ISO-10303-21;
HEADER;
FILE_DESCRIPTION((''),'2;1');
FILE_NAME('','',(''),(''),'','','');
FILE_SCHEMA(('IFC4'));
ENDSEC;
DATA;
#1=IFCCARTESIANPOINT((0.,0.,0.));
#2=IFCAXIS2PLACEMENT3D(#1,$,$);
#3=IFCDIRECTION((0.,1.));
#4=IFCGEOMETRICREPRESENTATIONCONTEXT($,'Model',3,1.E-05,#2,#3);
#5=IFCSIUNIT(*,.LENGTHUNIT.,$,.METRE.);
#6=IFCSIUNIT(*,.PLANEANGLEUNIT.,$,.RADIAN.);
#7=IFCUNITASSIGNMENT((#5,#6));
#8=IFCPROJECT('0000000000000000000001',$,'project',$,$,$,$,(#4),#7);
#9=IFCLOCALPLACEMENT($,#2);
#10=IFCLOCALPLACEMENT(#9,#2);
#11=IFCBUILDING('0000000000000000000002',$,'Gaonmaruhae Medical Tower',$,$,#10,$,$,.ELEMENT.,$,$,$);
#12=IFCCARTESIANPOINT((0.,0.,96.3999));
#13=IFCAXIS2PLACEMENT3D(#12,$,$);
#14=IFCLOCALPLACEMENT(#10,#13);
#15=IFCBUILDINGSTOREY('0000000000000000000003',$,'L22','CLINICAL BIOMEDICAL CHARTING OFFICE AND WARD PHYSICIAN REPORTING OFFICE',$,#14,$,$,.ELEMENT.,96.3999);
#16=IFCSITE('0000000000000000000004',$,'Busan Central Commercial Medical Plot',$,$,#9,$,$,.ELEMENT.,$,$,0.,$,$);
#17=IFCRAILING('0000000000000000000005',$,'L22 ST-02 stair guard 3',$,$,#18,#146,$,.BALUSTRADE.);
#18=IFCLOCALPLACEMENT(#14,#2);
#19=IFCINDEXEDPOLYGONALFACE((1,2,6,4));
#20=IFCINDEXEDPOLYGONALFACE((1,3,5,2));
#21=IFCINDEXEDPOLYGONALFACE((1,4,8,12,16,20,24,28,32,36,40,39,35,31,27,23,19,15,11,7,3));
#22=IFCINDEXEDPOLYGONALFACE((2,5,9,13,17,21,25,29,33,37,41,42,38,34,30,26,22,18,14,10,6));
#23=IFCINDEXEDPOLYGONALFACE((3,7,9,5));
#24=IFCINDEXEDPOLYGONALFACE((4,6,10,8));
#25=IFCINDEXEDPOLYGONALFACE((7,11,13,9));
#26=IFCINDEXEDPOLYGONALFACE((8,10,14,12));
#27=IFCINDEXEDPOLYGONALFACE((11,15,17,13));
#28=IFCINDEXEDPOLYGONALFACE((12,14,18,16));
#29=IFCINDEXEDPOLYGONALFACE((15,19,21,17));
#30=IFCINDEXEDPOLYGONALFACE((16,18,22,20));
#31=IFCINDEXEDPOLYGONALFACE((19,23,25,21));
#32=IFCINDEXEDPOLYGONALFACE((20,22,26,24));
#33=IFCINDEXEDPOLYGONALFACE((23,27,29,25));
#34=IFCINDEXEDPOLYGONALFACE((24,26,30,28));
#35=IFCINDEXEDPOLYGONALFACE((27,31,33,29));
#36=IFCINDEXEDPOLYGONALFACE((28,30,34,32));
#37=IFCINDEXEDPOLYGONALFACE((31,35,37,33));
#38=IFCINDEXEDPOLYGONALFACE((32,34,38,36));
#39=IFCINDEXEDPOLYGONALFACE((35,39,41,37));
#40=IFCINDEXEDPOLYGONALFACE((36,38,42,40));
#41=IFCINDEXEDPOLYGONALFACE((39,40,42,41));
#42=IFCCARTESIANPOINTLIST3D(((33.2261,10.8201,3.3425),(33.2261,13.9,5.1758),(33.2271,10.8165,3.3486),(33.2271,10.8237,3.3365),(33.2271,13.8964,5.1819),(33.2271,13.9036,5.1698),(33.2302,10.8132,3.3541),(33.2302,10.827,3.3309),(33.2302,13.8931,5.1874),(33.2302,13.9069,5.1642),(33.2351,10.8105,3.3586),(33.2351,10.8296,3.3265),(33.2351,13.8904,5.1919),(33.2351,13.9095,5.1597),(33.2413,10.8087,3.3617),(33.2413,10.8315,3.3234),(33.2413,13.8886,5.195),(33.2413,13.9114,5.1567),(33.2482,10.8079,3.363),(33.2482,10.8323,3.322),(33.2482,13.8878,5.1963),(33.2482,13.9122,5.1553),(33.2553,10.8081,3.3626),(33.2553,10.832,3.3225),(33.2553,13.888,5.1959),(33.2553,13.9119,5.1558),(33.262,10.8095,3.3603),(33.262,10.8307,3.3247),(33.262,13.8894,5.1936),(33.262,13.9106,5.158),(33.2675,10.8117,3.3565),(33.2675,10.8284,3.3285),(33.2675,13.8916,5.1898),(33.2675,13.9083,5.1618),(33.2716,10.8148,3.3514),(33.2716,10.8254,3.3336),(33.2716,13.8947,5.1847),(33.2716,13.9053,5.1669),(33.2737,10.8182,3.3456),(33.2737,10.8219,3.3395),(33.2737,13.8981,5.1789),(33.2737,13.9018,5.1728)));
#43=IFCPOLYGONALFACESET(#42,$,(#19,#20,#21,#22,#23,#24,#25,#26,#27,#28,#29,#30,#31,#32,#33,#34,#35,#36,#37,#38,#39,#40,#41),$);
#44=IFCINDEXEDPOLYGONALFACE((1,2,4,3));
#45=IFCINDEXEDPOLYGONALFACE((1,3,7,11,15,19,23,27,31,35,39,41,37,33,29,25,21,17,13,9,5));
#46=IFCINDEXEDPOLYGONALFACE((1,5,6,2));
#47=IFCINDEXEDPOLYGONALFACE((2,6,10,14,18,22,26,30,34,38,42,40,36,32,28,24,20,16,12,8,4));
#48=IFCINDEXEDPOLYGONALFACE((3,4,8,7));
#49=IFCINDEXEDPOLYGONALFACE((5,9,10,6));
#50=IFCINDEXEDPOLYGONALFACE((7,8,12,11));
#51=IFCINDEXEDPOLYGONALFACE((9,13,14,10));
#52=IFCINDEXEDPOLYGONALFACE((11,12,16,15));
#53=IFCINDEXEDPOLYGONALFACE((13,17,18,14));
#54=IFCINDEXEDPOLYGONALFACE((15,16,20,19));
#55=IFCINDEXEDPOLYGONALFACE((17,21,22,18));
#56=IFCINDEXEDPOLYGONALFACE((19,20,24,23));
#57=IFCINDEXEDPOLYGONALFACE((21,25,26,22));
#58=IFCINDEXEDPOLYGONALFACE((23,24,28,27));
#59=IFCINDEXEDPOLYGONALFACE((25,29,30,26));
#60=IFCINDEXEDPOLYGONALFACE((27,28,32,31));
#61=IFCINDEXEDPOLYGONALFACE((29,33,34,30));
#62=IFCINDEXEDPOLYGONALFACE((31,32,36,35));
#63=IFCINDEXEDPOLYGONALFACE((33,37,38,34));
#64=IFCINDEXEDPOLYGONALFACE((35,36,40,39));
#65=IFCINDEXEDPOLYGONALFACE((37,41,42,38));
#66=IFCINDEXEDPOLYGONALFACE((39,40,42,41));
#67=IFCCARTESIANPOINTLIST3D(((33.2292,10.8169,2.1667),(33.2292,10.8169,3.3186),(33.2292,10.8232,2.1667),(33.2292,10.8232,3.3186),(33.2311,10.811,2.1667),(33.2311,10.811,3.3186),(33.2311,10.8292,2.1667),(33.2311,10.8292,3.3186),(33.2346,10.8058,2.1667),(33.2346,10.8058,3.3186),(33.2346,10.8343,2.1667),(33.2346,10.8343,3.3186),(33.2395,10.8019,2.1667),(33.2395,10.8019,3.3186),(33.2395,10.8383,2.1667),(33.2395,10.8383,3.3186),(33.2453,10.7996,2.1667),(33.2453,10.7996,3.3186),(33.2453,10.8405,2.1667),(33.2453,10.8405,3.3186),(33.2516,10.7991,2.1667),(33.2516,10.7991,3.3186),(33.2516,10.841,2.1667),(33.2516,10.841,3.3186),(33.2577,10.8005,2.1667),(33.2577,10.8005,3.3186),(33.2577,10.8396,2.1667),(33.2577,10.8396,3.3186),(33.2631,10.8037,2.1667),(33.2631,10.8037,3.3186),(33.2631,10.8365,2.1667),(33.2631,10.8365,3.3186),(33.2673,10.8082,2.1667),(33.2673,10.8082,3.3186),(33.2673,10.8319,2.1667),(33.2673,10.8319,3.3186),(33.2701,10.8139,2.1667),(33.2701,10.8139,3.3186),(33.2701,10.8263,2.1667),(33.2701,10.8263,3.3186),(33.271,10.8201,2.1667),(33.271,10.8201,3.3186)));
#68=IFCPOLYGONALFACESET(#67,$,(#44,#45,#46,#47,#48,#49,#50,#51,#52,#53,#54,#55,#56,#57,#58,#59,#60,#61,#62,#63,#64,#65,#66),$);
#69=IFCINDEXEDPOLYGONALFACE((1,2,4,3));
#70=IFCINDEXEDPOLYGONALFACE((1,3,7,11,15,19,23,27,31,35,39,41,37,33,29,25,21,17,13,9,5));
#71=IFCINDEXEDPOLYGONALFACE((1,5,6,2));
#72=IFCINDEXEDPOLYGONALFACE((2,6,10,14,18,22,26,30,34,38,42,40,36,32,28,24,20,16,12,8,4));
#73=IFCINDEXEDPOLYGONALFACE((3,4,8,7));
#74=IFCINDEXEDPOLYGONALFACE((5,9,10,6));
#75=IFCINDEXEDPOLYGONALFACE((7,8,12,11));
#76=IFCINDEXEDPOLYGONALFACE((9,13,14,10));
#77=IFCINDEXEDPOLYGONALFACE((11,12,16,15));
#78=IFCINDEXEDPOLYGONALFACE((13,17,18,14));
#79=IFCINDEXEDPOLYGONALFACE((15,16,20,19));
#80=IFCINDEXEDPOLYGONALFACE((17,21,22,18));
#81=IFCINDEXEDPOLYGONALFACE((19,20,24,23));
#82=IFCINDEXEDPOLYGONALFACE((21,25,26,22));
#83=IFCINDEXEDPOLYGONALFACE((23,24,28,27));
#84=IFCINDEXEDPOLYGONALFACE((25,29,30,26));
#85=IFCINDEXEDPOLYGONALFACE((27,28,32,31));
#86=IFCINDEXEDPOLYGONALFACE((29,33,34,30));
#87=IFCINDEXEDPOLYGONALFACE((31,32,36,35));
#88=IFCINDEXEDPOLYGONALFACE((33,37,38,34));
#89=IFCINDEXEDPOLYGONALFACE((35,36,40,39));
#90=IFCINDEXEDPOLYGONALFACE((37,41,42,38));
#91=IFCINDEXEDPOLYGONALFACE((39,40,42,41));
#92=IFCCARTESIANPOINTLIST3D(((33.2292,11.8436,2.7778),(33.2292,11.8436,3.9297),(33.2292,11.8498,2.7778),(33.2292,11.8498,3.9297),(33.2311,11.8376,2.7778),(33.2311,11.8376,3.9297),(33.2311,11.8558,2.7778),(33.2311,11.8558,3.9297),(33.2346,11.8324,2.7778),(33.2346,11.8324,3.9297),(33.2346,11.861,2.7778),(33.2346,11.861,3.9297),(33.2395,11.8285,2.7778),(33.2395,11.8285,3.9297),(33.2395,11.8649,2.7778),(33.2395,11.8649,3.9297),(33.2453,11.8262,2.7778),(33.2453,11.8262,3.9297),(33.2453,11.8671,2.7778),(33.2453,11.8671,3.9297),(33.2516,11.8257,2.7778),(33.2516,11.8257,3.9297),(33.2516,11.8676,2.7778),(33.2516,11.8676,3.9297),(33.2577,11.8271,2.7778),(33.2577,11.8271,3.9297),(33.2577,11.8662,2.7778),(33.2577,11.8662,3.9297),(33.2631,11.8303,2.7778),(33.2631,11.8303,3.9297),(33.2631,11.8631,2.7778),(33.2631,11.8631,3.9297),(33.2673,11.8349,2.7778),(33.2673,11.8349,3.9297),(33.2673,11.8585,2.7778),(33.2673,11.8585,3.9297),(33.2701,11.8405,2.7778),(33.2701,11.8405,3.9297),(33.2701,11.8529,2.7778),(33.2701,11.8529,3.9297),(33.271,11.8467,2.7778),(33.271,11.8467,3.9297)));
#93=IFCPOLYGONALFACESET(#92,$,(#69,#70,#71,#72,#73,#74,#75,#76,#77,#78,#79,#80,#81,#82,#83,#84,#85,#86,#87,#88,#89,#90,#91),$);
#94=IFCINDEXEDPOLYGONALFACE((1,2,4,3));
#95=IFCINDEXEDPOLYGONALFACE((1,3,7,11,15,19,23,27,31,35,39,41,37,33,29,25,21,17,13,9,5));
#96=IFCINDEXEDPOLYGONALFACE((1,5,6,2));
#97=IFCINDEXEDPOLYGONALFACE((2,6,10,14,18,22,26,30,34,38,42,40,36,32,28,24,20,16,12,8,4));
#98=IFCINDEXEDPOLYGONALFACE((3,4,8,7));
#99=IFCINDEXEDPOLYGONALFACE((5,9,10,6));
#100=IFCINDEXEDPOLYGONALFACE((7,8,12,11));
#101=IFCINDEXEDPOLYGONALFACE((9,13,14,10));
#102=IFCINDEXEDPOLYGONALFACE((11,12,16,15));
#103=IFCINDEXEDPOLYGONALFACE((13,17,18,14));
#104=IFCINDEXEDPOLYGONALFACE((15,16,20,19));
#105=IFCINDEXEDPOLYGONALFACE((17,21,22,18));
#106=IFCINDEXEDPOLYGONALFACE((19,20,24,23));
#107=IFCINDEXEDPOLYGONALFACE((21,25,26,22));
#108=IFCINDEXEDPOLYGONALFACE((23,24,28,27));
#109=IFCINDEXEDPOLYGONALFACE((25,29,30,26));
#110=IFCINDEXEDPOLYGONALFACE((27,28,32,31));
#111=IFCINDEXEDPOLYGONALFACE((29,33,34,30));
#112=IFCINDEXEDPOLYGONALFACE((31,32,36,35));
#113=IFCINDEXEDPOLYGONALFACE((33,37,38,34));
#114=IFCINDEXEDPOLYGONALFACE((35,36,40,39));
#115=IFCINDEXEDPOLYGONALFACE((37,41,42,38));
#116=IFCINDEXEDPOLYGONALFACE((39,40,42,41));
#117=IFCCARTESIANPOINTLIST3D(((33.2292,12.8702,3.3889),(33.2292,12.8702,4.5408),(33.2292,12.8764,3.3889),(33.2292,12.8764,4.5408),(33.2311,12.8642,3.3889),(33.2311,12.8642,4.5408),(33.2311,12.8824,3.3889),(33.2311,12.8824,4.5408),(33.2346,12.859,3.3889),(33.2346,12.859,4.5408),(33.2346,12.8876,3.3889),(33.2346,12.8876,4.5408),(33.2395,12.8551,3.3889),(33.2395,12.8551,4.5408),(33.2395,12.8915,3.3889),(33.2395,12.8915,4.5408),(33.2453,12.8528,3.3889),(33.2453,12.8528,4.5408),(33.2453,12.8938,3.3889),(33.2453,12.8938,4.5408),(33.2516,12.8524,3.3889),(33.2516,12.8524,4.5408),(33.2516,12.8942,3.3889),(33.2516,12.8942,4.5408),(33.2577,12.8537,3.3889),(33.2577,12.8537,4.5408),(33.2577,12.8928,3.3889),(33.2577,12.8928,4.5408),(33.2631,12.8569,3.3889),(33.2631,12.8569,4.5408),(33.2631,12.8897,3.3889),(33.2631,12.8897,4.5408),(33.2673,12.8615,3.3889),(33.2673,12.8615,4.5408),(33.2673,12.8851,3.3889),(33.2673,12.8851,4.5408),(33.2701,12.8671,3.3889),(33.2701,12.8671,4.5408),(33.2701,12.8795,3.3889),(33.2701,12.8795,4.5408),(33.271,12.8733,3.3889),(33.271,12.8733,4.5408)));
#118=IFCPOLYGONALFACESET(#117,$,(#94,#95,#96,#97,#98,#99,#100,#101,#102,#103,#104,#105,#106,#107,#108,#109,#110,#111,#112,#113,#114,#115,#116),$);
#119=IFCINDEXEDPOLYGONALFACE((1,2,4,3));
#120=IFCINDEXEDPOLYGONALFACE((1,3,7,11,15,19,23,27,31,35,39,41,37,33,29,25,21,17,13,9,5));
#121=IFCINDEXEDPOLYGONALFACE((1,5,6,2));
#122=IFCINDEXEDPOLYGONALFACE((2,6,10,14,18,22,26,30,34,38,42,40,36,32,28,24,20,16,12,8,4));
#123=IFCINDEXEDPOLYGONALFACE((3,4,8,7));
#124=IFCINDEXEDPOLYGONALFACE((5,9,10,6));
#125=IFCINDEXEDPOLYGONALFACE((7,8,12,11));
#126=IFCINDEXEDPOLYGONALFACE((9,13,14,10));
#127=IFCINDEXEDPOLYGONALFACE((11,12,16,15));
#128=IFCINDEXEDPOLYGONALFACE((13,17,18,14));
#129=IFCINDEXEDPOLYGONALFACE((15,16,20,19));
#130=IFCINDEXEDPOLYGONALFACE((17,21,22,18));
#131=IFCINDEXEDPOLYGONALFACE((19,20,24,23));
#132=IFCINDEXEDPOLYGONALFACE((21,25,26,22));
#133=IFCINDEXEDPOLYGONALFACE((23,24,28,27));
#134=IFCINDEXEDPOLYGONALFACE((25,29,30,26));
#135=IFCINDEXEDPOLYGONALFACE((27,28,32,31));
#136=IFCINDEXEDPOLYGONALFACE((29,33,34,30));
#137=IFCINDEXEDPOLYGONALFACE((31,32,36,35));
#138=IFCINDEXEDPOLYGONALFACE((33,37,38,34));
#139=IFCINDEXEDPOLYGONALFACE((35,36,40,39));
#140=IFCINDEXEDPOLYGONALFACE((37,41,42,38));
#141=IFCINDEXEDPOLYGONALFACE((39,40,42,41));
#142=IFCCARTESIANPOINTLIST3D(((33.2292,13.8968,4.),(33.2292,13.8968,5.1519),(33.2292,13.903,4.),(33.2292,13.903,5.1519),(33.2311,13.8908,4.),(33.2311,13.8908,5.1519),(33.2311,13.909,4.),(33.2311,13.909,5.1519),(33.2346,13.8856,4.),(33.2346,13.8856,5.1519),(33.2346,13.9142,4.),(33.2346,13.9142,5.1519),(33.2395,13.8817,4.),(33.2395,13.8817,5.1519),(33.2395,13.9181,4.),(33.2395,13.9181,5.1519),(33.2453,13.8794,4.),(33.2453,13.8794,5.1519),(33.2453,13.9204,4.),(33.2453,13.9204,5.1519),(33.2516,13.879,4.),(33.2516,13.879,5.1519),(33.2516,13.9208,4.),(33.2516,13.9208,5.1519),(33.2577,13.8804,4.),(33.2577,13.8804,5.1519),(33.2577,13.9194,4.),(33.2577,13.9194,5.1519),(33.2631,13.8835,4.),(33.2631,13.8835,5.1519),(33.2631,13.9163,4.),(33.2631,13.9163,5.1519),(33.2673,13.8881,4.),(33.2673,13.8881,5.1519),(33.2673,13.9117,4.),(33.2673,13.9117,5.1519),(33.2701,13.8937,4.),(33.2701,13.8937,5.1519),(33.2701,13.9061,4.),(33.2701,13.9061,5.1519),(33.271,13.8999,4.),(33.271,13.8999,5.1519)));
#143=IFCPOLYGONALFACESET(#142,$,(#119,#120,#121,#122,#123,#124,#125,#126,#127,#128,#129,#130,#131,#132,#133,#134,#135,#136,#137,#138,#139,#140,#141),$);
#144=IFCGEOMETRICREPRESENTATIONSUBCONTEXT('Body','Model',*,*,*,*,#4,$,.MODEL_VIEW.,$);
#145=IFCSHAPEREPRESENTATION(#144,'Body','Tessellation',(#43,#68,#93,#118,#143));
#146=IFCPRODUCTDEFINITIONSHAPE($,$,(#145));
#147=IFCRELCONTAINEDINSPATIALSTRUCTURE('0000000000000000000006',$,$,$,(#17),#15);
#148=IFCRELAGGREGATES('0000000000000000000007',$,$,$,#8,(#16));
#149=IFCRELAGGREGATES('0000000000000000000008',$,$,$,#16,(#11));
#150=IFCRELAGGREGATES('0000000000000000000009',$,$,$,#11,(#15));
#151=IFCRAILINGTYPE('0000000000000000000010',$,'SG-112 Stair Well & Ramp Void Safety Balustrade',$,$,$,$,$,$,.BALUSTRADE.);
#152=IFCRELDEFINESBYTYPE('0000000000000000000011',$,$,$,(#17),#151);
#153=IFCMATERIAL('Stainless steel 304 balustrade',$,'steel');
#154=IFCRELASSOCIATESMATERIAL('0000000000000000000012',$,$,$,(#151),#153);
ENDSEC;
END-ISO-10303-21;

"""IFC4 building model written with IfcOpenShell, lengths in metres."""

from ifc_helpers import new_model, si_unit, direction, frame, origin, origin_2d, place, context, subcontext, project, spatial, circle, extrude, material, type_object, element, save


model = new_model("IFC4")

# Units and contexts
model_context = context("Model", 3, precision=1e-05, world=origin(), true_north=direction((0.0, 1.0)))
body_context = subcontext(model_context, "Body", "Model", "MODEL_VIEW")
ifc_project = project(units=[si_unit("LENGTHUNIT", "METRE"), si_unit("PLANEANGLEUNIT", "RADIAN")], contexts=[model_context])

# Site, building, storey
site_placement = place(None, origin())
site = spatial("IfcSite", under=ifc_project, at=site_placement, Name="Busan Central Commercial Medical Plot", CompositionType="ELEMENT", RefElevation=0.0)
building_placement = place(site_placement, origin())
building = spatial("IfcBuilding", under=site, at=building_placement, Name="Gaonmaruhae Medical Tower", CompositionType="ELEMENT")
storey_placement = place(building_placement, frame((0.0, 0.0, 96.3999)))
storey = spatial("IfcBuildingStorey", under=building, at=storey_placement, Name="L22", Description="CLINICAL BIOMEDICAL CHARTING OFFICE AND WARD PHYSICIAN REPORTING OFFICE", CompositionType="ELEMENT", Elevation=96.3999)

# Railing
ifc_material_1 = material(Name="Stainless steel 304 balustrade", Category="steel")
railing_type_1 = type_object("IfcRailingType", Name="SG-112 Stair Well & Ramp Void Safety Balustrade", PredefinedType="BALUSTRADE", material=ifc_material_1)
railing_1_placement = place(storey_placement, frame((33.25, 10.8201, 2.1667)))
element("IfcRailing", 1, at=railing_1_placement, inside=storey, type_object=railing_type_1, Name="L22 ST-02 stair guard 3", PredefinedType="BALUSTRADE", context=body_context, shape_type="SweptSolid", body=[
    extrude(circle(Radius=0.0239, at=origin_2d()), frame((0.0, 0.0, 1.1758), z_axis=(0.0, 0.859291, 0.511487), x_axis=(-1.0, 0.0, 0.0)), (0.0, 0.0, 1.0), 3.5842),
    extrude(circle(Radius=0.021, at=origin_2d()), origin(), (0.0, 0.0, 1.0), 1.1519),
    extrude(circle(Radius=0.021, at=origin_2d()), frame((0.0, 1.0266, 0.6111)), (0.0, 0.0, 1.0), 1.1519),
    extrude(circle(Radius=0.021, at=origin_2d()), frame((0.0, 2.0532, 1.2222)), (0.0, 0.0, 1.0), 1.1519),
    extrude(circle(Radius=0.021, at=origin_2d()), frame((0.0, 3.0798, 1.8333)), (0.0, 0.0, 1.0), 1.1519),
])

save(model, "model.ifc")
